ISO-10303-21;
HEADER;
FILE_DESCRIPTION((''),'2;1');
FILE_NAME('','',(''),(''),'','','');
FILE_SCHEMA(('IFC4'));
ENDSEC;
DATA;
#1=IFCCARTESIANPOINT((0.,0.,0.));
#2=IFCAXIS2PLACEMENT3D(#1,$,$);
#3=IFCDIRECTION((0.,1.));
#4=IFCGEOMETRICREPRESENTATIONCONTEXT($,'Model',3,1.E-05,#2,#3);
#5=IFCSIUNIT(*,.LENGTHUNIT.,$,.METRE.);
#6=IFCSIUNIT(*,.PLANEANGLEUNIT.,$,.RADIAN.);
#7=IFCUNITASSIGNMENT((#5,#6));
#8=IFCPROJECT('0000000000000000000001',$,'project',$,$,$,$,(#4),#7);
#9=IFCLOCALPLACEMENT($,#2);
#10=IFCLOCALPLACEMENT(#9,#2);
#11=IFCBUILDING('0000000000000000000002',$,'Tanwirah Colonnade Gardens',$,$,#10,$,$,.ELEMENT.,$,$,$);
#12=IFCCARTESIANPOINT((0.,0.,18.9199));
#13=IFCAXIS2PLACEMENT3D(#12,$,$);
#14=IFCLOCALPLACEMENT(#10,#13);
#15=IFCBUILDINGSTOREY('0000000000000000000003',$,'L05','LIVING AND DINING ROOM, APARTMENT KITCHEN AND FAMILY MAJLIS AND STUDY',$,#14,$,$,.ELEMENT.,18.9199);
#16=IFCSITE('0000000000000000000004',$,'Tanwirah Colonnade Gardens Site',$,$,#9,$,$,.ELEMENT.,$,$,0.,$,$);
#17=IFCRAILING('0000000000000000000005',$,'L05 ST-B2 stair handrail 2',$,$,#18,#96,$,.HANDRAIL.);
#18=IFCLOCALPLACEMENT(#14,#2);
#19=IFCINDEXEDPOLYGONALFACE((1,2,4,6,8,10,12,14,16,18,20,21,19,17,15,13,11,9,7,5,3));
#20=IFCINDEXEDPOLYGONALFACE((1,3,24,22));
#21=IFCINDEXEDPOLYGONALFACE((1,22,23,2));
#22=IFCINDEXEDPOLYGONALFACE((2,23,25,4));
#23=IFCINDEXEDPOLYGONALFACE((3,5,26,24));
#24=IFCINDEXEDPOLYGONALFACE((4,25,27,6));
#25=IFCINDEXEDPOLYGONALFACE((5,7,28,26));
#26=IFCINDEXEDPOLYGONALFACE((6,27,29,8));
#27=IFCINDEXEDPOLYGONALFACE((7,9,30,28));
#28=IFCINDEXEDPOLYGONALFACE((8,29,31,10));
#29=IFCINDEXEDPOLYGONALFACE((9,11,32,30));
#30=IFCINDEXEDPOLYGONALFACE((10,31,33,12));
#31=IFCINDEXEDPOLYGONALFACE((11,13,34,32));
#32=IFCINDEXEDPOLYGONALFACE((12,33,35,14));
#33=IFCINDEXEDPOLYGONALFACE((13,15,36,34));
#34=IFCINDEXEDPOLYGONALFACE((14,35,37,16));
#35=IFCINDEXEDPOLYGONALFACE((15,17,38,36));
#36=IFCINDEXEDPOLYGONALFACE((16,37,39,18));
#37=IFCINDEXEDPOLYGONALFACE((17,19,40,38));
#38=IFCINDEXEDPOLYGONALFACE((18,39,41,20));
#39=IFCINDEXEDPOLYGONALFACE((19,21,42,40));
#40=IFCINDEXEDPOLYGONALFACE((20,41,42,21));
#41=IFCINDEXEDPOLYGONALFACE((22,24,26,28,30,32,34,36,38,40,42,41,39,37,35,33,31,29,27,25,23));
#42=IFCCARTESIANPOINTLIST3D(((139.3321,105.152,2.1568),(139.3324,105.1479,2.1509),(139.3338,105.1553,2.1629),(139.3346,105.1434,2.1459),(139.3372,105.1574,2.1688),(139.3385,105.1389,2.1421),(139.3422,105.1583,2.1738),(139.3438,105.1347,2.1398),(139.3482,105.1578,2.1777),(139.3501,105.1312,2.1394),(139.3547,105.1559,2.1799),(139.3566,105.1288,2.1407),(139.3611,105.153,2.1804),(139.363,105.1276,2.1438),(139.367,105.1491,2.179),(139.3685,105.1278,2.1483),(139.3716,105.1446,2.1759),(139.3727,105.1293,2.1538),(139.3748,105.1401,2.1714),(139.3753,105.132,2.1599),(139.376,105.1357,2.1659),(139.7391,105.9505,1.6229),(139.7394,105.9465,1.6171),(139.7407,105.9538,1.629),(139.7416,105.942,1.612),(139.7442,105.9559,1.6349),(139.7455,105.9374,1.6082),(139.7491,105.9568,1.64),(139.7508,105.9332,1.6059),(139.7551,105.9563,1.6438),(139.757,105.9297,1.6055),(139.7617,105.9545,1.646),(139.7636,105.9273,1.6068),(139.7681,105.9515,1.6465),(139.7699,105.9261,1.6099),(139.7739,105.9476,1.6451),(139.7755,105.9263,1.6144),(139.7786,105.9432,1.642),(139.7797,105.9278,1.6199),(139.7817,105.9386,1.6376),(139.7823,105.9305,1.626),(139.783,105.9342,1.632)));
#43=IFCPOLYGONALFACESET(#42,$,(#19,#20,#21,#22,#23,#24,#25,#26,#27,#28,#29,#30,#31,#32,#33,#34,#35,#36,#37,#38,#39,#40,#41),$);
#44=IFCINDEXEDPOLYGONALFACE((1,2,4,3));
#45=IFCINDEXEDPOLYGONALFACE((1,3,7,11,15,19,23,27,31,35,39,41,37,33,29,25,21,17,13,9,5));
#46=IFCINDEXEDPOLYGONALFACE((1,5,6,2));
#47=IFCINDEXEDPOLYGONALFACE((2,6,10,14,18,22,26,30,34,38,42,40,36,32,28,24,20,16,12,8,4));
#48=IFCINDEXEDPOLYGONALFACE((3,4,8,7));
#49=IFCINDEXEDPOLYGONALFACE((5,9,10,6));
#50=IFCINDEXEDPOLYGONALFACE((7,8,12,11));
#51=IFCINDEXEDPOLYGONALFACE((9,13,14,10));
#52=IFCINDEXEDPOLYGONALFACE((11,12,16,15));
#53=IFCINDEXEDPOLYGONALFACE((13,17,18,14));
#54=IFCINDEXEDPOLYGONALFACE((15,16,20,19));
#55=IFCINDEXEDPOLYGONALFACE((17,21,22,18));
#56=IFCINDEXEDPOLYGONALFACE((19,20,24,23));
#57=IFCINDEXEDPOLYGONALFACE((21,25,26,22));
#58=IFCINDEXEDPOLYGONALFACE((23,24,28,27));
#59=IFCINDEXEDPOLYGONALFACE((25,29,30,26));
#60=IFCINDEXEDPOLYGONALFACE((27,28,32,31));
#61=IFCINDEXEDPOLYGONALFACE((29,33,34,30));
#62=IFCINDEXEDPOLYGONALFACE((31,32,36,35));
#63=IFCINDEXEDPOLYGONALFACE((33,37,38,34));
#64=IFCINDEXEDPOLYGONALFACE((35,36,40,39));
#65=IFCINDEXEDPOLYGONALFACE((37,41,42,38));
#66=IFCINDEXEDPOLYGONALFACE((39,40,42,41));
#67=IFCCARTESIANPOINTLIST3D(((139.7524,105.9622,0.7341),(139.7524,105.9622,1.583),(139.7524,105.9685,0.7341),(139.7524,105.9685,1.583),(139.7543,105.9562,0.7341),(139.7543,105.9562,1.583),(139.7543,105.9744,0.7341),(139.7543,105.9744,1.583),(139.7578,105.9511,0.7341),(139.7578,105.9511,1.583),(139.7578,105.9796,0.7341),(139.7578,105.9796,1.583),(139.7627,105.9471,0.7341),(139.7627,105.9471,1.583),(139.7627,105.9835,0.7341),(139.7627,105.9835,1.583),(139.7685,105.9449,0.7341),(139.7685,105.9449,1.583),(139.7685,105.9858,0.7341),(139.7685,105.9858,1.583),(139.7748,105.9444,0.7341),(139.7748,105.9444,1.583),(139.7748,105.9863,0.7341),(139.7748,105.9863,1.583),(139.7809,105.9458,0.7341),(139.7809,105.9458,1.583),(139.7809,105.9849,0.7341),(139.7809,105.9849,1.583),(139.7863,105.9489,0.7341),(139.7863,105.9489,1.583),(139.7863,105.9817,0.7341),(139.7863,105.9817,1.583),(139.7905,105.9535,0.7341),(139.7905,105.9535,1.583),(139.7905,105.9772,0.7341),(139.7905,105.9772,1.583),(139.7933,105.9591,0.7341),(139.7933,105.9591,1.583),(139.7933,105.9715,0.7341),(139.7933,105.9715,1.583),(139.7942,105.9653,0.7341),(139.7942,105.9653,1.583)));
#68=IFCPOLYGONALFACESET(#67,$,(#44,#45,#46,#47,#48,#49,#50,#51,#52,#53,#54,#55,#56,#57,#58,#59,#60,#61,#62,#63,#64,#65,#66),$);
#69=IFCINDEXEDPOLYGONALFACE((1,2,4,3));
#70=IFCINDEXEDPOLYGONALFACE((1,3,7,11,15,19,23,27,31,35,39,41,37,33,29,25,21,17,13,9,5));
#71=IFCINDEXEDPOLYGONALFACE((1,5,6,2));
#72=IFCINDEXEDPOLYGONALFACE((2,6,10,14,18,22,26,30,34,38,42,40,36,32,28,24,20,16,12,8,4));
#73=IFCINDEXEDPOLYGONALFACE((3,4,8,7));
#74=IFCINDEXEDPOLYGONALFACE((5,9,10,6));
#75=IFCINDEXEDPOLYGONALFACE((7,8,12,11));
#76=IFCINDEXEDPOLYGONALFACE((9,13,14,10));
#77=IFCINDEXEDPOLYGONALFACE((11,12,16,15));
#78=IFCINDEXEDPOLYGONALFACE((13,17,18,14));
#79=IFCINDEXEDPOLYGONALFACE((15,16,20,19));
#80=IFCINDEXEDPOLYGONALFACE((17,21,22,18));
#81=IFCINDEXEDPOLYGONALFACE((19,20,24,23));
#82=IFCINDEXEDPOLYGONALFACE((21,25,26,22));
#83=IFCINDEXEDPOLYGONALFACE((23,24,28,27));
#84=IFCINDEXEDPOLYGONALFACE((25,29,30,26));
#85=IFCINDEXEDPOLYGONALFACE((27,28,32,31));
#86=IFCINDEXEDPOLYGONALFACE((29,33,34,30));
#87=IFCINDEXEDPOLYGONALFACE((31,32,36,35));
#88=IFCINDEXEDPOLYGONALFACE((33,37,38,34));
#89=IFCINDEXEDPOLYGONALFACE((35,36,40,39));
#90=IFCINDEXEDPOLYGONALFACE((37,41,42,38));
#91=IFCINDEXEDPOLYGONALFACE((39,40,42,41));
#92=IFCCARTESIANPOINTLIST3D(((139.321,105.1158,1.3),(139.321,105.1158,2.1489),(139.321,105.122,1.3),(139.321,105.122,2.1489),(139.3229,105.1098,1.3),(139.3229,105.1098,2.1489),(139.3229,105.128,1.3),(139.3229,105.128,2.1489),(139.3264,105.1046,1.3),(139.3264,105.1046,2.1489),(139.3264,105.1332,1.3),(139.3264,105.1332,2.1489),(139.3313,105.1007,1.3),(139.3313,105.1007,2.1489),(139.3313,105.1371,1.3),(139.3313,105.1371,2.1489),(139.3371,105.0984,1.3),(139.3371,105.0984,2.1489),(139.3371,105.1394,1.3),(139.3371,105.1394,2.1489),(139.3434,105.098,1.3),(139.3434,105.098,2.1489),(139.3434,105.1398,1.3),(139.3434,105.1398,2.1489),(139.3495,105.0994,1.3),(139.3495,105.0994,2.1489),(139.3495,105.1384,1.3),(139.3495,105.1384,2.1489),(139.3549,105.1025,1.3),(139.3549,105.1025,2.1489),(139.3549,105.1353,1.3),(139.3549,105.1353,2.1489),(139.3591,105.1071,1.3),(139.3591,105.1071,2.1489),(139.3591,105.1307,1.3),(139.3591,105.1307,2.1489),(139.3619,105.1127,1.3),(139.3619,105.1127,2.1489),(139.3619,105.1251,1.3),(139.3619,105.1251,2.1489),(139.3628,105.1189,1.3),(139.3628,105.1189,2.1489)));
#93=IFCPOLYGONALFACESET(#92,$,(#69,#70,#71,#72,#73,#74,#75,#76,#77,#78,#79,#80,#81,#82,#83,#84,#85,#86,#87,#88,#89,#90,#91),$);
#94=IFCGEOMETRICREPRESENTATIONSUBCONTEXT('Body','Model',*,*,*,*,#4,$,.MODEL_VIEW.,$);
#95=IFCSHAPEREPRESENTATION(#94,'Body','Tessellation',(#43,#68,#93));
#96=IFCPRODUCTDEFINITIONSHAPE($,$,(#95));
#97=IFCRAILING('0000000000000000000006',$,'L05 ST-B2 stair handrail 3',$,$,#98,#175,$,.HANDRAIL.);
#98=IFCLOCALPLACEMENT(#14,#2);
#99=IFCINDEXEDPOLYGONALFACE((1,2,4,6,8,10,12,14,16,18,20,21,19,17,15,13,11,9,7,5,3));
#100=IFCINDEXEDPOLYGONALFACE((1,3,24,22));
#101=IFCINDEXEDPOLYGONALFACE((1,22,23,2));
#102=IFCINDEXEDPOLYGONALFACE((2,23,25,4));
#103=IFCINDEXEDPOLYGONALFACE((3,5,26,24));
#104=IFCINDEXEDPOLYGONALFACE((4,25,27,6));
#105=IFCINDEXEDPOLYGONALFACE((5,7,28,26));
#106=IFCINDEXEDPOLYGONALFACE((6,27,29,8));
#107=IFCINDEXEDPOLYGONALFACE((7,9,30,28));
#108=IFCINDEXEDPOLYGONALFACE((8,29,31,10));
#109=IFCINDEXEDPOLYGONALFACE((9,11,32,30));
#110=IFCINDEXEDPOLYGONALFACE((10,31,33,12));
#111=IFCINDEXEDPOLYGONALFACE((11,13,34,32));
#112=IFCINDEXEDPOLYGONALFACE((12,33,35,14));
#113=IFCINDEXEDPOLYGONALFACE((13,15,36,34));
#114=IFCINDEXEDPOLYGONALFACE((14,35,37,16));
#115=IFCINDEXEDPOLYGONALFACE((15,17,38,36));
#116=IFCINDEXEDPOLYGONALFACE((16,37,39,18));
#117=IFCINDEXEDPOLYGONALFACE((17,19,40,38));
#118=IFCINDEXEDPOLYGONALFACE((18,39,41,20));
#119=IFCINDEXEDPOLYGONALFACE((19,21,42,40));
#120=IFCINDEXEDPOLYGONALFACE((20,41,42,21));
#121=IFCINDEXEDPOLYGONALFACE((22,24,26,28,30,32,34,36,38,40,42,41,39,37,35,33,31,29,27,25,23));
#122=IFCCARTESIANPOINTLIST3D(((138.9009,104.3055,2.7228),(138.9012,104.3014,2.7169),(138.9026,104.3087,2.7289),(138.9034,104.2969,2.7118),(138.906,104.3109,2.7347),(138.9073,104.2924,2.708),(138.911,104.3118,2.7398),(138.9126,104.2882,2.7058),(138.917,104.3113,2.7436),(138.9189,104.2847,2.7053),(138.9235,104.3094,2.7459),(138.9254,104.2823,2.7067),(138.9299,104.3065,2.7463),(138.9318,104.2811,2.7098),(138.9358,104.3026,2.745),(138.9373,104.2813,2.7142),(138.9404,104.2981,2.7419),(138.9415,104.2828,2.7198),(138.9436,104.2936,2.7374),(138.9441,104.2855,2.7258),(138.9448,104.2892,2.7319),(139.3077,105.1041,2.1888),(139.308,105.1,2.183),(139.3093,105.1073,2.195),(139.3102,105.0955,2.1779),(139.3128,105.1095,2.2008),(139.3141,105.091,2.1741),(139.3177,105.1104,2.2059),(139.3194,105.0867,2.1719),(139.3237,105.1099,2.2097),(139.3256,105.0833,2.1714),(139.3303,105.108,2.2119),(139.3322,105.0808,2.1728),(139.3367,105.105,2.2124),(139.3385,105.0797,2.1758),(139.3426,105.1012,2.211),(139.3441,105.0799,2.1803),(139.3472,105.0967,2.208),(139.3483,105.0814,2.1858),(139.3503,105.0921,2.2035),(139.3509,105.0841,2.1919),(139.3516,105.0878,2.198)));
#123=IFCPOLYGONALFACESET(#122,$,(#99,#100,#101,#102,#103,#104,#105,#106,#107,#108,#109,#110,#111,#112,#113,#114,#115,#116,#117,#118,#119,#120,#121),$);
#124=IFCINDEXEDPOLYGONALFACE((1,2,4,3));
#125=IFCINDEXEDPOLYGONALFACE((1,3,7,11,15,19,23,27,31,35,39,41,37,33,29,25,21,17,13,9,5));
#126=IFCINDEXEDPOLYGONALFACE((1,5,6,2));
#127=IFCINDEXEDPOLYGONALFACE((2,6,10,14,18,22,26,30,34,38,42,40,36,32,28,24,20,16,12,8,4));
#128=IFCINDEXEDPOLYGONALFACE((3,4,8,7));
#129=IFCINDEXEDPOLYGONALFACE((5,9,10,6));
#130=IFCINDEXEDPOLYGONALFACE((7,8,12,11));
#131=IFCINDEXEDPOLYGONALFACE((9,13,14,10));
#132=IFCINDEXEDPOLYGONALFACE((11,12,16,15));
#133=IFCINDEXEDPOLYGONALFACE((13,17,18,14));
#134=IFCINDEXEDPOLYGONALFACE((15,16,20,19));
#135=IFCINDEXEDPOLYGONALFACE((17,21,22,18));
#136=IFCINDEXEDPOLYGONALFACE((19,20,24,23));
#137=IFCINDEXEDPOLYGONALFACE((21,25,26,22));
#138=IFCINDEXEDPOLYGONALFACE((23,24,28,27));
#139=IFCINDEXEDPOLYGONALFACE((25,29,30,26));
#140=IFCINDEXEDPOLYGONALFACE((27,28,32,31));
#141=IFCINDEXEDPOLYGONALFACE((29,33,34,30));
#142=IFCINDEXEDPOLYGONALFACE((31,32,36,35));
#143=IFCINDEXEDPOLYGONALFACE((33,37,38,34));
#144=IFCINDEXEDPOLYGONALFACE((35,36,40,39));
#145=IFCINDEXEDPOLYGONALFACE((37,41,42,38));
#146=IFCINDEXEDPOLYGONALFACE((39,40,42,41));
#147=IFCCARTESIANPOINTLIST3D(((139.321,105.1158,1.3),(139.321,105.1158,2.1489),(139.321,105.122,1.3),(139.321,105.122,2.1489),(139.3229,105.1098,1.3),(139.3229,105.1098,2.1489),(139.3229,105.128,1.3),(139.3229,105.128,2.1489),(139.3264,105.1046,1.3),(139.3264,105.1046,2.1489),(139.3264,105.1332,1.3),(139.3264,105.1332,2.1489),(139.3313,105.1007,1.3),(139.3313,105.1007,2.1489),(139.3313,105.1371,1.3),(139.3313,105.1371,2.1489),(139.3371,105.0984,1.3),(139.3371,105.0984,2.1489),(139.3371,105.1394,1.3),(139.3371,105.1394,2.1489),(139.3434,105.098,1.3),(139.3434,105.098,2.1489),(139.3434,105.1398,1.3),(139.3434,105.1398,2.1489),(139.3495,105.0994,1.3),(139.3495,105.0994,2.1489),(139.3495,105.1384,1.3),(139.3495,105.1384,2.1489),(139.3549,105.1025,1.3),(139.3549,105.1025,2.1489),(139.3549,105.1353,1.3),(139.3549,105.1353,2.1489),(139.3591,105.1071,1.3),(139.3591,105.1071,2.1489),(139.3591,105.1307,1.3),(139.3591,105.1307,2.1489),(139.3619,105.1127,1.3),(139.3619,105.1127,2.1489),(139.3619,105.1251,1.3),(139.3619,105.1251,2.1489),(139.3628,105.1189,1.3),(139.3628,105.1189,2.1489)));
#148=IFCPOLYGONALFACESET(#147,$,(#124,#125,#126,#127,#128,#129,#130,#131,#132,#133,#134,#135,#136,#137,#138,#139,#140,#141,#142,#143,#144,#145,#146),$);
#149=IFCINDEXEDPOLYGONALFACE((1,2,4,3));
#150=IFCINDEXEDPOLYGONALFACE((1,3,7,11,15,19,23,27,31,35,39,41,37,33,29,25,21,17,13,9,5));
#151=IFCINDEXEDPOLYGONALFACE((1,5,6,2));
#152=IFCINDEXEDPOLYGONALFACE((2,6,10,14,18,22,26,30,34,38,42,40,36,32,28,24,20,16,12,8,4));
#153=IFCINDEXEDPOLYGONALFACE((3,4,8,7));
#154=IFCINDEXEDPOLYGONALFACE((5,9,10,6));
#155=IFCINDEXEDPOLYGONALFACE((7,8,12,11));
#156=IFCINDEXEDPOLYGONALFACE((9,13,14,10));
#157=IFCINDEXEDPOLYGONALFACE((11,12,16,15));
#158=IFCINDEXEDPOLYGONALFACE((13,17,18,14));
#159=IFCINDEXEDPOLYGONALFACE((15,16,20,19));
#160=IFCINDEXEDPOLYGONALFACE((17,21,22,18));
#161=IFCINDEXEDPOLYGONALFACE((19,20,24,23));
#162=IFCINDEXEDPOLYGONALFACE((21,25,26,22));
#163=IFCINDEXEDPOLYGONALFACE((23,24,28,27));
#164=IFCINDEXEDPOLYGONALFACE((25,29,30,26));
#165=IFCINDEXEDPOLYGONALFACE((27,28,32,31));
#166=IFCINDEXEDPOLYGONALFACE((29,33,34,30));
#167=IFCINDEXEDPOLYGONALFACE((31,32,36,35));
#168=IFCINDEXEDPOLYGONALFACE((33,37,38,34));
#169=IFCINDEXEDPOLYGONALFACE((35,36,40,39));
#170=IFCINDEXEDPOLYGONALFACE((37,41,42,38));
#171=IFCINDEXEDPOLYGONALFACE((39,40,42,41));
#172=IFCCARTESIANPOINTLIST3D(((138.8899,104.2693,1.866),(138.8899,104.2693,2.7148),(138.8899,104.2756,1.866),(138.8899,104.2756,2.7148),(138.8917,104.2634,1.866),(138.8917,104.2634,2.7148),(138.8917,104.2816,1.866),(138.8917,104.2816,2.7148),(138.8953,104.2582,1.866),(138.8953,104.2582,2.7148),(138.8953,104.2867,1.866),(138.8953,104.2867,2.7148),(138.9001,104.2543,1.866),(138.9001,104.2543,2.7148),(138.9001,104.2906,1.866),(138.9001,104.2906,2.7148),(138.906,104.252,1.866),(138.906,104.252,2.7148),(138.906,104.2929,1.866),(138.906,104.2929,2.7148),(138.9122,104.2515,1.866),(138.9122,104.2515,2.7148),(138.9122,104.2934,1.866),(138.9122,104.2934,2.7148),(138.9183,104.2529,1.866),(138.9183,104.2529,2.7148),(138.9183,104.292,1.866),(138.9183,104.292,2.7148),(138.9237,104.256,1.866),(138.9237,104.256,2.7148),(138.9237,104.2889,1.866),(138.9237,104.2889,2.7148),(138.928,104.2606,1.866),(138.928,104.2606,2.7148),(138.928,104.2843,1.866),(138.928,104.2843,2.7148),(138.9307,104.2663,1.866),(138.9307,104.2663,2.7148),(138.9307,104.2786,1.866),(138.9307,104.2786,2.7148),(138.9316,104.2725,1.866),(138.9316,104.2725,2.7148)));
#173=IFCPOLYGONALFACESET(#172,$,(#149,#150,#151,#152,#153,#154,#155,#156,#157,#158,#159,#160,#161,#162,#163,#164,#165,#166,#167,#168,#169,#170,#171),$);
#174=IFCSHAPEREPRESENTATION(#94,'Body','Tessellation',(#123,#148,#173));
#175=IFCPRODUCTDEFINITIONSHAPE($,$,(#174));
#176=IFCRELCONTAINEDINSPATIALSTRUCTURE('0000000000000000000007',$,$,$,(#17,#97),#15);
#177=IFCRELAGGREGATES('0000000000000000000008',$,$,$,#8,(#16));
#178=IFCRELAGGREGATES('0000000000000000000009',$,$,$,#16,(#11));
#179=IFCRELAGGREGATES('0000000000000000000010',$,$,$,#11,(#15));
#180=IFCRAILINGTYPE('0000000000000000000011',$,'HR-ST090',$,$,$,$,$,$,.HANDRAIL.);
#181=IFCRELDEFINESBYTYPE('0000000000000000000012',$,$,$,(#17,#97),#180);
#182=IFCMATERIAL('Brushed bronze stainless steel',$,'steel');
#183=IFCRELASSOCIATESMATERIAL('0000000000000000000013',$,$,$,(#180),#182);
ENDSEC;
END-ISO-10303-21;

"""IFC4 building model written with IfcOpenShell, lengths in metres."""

from ifc_helpers import new_model, si_unit, direction, frame, origin, origin_2d, place, context, subcontext, project, spatial, circle, extrude, material, type_object, element, save


model = new_model("IFC4")

# Units and contexts
model_context = context("Model", 3, precision=1e-05, world=origin(), true_north=direction((0.0, 1.0)))
body_context = subcontext(model_context, "Body", "Model", "MODEL_VIEW")
ifc_project = project(units=[si_unit("LENGTHUNIT", "METRE"), si_unit("PLANEANGLEUNIT", "RADIAN")], contexts=[model_context])

# Site, building, storey
site_placement = place(None, origin())
site = spatial("IfcSite", under=ifc_project, at=site_placement, Name="Tanwirah Colonnade Gardens Site", CompositionType="ELEMENT", RefElevation=0.0)
building_placement = place(site_placement, origin())
building = spatial("IfcBuilding", under=site, at=building_placement, Name="Tanwirah Colonnade Gardens", CompositionType="ELEMENT")
storey_placement = place(building_placement, frame((0.0, 0.0, 18.9199)))
storey = spatial("IfcBuildingStorey", under=building, at=storey_placement, Name="L05", Description="LIVING AND DINING ROOM, APARTMENT KITCHEN AND FAMILY MAJLIS AND STUDY", CompositionType="ELEMENT", Elevation=18.9199)

# Railings
ifc_material_1 = material(Name="Brushed bronze stainless steel", Category="steel")
railing_type_1 = type_object("IfcRailingType", Name="HR-ST090", PredefinedType="HANDRAIL", material=ifc_material_1)
railing_1_placement = place(storey_placement, frame((139.7732, 105.9653, 0.7341)))
element("IfcRailing", 1, at=railing_1_placement, inside=storey, type_object=railing_type_1, Name="L05 ST-B2 stair handrail 2", PredefinedType="HANDRAIL", context=body_context, shape_type="SweptSolid", body=[
    extrude(circle(Radius=0.0239, at=origin_2d()), frame((-0.0122, -0.0239, 0.8918), z_axis=(-0.390118, -0.765443, 0.511767), x_axis=(0.890957, -0.454087, 0.0)), (0.0, 0.0, 1.0), 1.0432),
    extrude(circle(Radius=0.021, at=origin_2d()), origin(), (0.0, 0.0, 1.0), 0.8489),
    extrude(circle(Radius=0.021, at=origin_2d()), frame((-0.4314, -0.8464, 0.5659)), (0.0, 0.0, 1.0), 0.8489),
])
railing_2_placement = place(storey_placement, frame((139.3418, 105.1189, 1.3)))
element("IfcRailing", 2, at=railing_2_placement, inside=storey, type_object=railing_type_1, Name="L05 ST-B2 stair handrail 3", PredefinedType="HANDRAIL", context=body_context, shape_type="SweptSolid", body=[
    extrude(circle(Radius=0.0239, at=origin_2d()), frame((-0.0122, -0.0239, 0.8918), z_axis=(-0.38993, -0.765509, 0.511811), x_axis=(0.891061, -0.453883, 0.0)), (0.0, 0.0, 1.0), 1.0432),
    extrude(circle(Radius=0.021, at=origin_2d()), origin(), (0.0, 0.0, 1.0), 0.8489),
    extrude(circle(Radius=0.021, at=origin_2d()), frame((-0.4312, -0.8464, 0.5659)), (0.0, 0.0, 1.0), 0.8489),
])

save(model, "model.ifc")
